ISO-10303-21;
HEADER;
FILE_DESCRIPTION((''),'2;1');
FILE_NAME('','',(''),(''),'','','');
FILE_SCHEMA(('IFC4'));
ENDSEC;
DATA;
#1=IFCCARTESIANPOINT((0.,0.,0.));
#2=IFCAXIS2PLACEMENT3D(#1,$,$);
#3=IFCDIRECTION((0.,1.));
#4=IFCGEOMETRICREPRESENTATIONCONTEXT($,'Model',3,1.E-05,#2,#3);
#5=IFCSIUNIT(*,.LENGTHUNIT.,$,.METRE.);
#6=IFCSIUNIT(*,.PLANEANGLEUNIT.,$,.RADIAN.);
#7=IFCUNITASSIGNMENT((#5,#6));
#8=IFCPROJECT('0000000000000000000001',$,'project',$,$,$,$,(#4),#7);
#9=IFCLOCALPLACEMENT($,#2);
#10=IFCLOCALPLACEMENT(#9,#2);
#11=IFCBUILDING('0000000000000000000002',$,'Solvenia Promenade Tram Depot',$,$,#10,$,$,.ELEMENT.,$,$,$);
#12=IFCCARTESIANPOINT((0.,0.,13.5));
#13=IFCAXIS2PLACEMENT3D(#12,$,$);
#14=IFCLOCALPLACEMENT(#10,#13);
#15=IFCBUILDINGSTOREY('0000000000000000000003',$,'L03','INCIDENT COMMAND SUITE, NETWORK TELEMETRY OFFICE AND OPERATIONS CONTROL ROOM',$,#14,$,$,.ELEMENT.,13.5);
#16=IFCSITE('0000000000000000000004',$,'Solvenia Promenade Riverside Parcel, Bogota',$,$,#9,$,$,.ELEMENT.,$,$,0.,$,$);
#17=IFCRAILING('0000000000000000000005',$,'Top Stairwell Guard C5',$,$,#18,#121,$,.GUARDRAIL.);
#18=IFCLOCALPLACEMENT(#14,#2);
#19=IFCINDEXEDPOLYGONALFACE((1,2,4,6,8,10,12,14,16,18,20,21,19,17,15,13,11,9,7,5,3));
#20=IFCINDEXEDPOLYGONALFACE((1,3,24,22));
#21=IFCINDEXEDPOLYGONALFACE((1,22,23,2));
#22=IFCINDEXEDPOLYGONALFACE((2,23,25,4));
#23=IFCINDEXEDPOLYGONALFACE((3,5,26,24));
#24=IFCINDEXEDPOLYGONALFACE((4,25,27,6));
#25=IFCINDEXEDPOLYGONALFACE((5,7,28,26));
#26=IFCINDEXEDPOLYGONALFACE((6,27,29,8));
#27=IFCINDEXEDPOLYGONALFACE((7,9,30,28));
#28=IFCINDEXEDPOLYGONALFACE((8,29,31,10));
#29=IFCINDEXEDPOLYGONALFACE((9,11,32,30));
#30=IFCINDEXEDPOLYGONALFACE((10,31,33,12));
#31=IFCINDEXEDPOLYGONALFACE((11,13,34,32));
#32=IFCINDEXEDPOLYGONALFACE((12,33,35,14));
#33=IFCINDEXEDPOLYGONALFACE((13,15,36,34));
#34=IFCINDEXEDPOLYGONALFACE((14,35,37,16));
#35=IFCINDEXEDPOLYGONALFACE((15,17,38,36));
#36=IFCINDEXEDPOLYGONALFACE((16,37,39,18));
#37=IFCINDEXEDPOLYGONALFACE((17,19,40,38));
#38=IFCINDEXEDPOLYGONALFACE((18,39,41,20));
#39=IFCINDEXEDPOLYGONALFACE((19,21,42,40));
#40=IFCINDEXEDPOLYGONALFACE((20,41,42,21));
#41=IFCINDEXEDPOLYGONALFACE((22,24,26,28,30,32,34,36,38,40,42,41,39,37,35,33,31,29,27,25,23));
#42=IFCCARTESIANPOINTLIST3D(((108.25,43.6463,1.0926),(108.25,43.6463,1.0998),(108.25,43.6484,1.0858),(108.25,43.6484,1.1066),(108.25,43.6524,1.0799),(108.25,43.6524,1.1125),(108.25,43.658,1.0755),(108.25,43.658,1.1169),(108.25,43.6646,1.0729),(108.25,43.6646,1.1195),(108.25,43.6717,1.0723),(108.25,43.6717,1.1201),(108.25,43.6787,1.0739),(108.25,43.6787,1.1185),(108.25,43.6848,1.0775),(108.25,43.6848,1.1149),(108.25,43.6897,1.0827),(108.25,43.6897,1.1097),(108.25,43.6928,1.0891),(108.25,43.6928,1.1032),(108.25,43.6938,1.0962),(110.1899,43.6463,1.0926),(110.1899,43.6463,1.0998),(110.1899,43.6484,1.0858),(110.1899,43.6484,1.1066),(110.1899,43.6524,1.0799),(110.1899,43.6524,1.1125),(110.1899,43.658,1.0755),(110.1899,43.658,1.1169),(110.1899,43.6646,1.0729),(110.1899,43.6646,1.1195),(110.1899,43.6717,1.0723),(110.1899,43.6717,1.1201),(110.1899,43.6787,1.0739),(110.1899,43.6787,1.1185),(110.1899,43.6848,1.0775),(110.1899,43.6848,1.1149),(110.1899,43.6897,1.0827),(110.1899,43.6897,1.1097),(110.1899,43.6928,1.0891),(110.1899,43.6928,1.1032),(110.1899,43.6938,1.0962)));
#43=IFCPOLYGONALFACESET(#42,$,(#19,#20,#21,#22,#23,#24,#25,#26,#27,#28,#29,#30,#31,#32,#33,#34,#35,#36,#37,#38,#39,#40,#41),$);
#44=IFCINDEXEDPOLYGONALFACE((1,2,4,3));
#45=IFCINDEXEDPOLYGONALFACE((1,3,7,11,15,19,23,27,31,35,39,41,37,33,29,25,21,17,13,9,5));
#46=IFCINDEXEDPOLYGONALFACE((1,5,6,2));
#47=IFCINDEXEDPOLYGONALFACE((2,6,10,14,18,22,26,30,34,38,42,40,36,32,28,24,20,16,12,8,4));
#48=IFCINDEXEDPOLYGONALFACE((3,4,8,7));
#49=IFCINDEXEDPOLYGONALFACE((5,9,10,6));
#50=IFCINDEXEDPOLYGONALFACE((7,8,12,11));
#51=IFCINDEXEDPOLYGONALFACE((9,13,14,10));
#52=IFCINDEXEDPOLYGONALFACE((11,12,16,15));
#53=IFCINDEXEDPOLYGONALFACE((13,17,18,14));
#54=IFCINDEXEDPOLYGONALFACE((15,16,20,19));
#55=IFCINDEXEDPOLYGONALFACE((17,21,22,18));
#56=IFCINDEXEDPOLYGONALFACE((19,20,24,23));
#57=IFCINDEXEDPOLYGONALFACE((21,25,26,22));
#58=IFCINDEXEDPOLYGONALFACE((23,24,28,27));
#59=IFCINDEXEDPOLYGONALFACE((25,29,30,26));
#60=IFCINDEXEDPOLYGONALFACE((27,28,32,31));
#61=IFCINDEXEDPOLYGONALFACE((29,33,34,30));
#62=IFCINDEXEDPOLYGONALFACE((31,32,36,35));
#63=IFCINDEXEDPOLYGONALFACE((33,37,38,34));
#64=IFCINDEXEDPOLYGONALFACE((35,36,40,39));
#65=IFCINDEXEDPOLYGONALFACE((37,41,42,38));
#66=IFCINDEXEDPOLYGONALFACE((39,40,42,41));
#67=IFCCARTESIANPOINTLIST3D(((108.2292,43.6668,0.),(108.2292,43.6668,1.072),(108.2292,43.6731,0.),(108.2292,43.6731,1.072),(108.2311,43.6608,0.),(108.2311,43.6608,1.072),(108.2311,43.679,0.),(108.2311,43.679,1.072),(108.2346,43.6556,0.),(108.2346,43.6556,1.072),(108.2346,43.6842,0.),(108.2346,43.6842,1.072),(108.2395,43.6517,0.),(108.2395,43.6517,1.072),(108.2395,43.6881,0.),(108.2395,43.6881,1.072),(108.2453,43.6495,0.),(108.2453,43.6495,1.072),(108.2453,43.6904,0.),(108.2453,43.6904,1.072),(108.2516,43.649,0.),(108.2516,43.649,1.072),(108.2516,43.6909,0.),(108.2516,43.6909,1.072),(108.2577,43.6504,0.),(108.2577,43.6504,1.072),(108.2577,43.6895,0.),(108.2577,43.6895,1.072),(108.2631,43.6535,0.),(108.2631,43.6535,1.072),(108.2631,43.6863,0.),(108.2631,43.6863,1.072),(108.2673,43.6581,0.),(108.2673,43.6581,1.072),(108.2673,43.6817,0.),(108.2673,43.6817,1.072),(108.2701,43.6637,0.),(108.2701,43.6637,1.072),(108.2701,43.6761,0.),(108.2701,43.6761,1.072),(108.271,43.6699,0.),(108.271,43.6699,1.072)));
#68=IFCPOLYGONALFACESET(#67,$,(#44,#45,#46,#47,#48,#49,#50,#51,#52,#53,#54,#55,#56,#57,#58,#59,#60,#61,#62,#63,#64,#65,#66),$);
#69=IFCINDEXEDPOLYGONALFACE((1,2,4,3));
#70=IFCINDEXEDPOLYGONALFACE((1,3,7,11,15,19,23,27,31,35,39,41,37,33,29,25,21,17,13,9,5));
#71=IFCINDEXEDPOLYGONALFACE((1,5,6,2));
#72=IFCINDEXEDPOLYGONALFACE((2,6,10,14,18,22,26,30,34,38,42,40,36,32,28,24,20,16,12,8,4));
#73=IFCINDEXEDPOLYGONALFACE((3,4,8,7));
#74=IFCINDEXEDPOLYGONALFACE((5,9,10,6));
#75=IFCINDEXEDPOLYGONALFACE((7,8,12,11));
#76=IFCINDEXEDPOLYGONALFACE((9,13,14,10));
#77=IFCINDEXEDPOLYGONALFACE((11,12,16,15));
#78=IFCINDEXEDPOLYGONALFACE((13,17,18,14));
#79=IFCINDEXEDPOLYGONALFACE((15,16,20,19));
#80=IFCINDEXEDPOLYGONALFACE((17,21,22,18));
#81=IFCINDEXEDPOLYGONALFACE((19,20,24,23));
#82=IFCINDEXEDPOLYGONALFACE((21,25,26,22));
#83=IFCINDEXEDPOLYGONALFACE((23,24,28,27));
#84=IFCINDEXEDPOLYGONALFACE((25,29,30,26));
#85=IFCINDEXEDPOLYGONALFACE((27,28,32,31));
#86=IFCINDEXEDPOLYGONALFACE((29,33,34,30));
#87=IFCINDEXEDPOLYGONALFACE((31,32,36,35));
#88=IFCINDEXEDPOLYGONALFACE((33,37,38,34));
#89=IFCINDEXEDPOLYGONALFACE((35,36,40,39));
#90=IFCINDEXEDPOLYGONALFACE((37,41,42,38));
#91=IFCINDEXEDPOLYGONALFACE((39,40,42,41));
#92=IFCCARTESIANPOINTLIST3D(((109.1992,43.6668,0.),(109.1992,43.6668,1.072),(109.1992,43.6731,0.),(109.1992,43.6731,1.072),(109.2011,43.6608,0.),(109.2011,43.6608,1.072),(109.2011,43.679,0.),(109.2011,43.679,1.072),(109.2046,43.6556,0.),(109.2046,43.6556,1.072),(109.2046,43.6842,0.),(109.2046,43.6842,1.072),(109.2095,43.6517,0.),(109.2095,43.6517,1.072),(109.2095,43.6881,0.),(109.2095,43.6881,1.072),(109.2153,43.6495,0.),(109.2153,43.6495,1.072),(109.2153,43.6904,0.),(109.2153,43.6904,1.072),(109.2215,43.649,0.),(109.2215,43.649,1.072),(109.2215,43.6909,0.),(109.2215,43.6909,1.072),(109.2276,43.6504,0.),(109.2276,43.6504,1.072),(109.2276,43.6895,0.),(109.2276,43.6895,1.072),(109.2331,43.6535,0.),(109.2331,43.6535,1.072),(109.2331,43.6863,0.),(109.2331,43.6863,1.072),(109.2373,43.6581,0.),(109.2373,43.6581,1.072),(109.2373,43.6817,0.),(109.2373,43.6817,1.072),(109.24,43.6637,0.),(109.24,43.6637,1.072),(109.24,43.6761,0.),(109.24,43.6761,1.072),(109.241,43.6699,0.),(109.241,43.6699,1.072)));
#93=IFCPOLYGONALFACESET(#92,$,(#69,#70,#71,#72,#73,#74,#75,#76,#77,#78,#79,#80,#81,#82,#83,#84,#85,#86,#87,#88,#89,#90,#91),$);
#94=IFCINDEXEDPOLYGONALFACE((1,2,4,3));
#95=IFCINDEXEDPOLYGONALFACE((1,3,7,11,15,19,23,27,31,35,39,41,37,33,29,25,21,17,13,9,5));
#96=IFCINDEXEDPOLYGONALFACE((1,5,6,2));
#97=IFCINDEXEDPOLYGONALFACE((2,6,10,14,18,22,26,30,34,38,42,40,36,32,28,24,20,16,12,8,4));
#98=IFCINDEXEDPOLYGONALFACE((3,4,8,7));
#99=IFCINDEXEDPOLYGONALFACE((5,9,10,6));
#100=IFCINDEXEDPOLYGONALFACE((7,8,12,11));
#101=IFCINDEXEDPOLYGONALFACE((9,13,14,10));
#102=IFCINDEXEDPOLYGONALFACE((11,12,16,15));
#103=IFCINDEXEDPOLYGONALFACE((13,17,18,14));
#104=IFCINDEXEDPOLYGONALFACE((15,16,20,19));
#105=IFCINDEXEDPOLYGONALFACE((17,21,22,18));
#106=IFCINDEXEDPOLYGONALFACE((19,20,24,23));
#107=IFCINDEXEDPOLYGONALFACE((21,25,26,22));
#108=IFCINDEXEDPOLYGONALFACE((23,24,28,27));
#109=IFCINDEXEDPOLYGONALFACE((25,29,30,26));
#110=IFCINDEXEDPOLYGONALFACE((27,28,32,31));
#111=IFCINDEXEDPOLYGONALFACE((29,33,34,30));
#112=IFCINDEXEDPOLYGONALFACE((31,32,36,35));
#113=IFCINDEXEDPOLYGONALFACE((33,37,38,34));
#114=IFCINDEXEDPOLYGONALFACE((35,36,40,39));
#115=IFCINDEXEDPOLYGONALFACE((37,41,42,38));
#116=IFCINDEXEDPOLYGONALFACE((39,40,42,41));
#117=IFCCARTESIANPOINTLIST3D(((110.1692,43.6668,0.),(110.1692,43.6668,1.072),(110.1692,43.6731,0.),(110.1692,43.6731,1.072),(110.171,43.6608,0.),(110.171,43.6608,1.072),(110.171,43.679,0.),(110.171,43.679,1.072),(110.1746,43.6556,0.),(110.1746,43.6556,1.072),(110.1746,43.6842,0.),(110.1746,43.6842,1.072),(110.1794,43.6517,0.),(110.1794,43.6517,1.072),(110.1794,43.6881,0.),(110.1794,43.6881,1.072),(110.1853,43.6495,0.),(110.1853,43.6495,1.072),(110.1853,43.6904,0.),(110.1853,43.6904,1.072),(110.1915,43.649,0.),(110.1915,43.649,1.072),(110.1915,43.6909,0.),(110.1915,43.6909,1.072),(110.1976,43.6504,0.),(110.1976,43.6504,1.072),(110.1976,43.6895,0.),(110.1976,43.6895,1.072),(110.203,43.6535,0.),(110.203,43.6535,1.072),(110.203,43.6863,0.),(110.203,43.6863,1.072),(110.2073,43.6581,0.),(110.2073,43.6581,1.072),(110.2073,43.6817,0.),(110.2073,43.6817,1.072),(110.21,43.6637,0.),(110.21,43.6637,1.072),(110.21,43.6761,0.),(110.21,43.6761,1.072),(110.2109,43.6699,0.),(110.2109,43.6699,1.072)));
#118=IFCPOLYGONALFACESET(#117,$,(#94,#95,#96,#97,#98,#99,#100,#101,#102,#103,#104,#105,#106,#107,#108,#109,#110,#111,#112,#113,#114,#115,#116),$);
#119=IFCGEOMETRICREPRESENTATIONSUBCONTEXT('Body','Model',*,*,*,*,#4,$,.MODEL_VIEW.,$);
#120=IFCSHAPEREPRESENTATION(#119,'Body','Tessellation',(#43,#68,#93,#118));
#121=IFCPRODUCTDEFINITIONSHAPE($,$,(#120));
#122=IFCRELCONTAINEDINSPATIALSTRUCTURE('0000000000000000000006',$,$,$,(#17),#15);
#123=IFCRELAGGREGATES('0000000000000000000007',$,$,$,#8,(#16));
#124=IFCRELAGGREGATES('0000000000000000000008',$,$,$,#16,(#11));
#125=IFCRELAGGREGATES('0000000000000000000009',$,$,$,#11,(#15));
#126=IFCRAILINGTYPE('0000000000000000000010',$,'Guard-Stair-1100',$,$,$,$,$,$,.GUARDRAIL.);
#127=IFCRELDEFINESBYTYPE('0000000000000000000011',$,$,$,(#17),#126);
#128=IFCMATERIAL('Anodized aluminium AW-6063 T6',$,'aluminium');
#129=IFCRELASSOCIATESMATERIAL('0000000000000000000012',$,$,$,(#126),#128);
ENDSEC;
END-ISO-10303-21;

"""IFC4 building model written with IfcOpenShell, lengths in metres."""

from ifc_helpers import new_model, si_unit, direction, frame, origin, origin_2d, place, context, subcontext, project, spatial, circle, extrude, material, type_object, element, save


model = new_model("IFC4")

# Units and contexts
model_context = context("Model", 3, precision=1e-05, world=origin(), true_north=direction((0.0, 1.0)))
body_context = subcontext(model_context, "Body", "Model", "MODEL_VIEW")
ifc_project = project(units=[si_unit("LENGTHUNIT", "METRE"), si_unit("PLANEANGLEUNIT", "RADIAN")], contexts=[model_context])

# Site, building, storey
site_placement = place(None, origin())
site = spatial("IfcSite", under=ifc_project, at=site_placement, Name="Solvenia Promenade Riverside Parcel, Bogota", CompositionType="ELEMENT", RefElevation=0.0)
building_placement = place(site_placement, origin())
building = spatial("IfcBuilding", under=site, at=building_placement, Name="Solvenia Promenade Tram Depot", CompositionType="ELEMENT")
storey_placement = place(building_placement, frame((0.0, 0.0, 13.5)))
storey = spatial("IfcBuildingStorey", under=building, at=storey_placement, Name="L03", Description="INCIDENT COMMAND SUITE, NETWORK TELEMETRY OFFICE AND OPERATIONS CONTROL ROOM", CompositionType="ELEMENT", Elevation=13.5)

# Railing
ifc_material_1 = material(Name="Anodized aluminium AW-6063 T6", Category="aluminium")
railing_type = type_object("IfcRailingType", Name="Guard-Stair-1100", PredefinedType="GUARDRAIL", material=ifc_material_1)
railing_placement = place(storey_placement, frame((108.25, 43.6699, 0.0)))
element("IfcRailing", 1, at=railing_placement, inside=storey, type_object=railing_type, Name="Top Stairwell Guard C5", PredefinedType="GUARDRAIL", context=body_context, shape_type="SweptSolid", body=[
    extrude(circle(Radius=0.0239, at=origin_2d()), frame((0.0, 0.0, 1.0962), z_axis=(1.0, 0.0, 0.0), x_axis=(0.0, 1.0, 0.0)), (0.0, 0.0, 1.0), 1.9399),
    extrude(circle(Radius=0.021, at=origin_2d()), origin(), (0.0, 0.0, 1.0), 1.072),
    extrude(circle(Radius=0.021, at=origin_2d()), frame((0.97, 0.0, 0.0)), (0.0, 0.0, 1.0), 1.072),
    extrude(circle(Radius=0.021, at=origin_2d()), frame((1.9399, 0.0, 0.0)), (0.0, 0.0, 1.0), 1.072),
])

save(model, "model.ifc")
